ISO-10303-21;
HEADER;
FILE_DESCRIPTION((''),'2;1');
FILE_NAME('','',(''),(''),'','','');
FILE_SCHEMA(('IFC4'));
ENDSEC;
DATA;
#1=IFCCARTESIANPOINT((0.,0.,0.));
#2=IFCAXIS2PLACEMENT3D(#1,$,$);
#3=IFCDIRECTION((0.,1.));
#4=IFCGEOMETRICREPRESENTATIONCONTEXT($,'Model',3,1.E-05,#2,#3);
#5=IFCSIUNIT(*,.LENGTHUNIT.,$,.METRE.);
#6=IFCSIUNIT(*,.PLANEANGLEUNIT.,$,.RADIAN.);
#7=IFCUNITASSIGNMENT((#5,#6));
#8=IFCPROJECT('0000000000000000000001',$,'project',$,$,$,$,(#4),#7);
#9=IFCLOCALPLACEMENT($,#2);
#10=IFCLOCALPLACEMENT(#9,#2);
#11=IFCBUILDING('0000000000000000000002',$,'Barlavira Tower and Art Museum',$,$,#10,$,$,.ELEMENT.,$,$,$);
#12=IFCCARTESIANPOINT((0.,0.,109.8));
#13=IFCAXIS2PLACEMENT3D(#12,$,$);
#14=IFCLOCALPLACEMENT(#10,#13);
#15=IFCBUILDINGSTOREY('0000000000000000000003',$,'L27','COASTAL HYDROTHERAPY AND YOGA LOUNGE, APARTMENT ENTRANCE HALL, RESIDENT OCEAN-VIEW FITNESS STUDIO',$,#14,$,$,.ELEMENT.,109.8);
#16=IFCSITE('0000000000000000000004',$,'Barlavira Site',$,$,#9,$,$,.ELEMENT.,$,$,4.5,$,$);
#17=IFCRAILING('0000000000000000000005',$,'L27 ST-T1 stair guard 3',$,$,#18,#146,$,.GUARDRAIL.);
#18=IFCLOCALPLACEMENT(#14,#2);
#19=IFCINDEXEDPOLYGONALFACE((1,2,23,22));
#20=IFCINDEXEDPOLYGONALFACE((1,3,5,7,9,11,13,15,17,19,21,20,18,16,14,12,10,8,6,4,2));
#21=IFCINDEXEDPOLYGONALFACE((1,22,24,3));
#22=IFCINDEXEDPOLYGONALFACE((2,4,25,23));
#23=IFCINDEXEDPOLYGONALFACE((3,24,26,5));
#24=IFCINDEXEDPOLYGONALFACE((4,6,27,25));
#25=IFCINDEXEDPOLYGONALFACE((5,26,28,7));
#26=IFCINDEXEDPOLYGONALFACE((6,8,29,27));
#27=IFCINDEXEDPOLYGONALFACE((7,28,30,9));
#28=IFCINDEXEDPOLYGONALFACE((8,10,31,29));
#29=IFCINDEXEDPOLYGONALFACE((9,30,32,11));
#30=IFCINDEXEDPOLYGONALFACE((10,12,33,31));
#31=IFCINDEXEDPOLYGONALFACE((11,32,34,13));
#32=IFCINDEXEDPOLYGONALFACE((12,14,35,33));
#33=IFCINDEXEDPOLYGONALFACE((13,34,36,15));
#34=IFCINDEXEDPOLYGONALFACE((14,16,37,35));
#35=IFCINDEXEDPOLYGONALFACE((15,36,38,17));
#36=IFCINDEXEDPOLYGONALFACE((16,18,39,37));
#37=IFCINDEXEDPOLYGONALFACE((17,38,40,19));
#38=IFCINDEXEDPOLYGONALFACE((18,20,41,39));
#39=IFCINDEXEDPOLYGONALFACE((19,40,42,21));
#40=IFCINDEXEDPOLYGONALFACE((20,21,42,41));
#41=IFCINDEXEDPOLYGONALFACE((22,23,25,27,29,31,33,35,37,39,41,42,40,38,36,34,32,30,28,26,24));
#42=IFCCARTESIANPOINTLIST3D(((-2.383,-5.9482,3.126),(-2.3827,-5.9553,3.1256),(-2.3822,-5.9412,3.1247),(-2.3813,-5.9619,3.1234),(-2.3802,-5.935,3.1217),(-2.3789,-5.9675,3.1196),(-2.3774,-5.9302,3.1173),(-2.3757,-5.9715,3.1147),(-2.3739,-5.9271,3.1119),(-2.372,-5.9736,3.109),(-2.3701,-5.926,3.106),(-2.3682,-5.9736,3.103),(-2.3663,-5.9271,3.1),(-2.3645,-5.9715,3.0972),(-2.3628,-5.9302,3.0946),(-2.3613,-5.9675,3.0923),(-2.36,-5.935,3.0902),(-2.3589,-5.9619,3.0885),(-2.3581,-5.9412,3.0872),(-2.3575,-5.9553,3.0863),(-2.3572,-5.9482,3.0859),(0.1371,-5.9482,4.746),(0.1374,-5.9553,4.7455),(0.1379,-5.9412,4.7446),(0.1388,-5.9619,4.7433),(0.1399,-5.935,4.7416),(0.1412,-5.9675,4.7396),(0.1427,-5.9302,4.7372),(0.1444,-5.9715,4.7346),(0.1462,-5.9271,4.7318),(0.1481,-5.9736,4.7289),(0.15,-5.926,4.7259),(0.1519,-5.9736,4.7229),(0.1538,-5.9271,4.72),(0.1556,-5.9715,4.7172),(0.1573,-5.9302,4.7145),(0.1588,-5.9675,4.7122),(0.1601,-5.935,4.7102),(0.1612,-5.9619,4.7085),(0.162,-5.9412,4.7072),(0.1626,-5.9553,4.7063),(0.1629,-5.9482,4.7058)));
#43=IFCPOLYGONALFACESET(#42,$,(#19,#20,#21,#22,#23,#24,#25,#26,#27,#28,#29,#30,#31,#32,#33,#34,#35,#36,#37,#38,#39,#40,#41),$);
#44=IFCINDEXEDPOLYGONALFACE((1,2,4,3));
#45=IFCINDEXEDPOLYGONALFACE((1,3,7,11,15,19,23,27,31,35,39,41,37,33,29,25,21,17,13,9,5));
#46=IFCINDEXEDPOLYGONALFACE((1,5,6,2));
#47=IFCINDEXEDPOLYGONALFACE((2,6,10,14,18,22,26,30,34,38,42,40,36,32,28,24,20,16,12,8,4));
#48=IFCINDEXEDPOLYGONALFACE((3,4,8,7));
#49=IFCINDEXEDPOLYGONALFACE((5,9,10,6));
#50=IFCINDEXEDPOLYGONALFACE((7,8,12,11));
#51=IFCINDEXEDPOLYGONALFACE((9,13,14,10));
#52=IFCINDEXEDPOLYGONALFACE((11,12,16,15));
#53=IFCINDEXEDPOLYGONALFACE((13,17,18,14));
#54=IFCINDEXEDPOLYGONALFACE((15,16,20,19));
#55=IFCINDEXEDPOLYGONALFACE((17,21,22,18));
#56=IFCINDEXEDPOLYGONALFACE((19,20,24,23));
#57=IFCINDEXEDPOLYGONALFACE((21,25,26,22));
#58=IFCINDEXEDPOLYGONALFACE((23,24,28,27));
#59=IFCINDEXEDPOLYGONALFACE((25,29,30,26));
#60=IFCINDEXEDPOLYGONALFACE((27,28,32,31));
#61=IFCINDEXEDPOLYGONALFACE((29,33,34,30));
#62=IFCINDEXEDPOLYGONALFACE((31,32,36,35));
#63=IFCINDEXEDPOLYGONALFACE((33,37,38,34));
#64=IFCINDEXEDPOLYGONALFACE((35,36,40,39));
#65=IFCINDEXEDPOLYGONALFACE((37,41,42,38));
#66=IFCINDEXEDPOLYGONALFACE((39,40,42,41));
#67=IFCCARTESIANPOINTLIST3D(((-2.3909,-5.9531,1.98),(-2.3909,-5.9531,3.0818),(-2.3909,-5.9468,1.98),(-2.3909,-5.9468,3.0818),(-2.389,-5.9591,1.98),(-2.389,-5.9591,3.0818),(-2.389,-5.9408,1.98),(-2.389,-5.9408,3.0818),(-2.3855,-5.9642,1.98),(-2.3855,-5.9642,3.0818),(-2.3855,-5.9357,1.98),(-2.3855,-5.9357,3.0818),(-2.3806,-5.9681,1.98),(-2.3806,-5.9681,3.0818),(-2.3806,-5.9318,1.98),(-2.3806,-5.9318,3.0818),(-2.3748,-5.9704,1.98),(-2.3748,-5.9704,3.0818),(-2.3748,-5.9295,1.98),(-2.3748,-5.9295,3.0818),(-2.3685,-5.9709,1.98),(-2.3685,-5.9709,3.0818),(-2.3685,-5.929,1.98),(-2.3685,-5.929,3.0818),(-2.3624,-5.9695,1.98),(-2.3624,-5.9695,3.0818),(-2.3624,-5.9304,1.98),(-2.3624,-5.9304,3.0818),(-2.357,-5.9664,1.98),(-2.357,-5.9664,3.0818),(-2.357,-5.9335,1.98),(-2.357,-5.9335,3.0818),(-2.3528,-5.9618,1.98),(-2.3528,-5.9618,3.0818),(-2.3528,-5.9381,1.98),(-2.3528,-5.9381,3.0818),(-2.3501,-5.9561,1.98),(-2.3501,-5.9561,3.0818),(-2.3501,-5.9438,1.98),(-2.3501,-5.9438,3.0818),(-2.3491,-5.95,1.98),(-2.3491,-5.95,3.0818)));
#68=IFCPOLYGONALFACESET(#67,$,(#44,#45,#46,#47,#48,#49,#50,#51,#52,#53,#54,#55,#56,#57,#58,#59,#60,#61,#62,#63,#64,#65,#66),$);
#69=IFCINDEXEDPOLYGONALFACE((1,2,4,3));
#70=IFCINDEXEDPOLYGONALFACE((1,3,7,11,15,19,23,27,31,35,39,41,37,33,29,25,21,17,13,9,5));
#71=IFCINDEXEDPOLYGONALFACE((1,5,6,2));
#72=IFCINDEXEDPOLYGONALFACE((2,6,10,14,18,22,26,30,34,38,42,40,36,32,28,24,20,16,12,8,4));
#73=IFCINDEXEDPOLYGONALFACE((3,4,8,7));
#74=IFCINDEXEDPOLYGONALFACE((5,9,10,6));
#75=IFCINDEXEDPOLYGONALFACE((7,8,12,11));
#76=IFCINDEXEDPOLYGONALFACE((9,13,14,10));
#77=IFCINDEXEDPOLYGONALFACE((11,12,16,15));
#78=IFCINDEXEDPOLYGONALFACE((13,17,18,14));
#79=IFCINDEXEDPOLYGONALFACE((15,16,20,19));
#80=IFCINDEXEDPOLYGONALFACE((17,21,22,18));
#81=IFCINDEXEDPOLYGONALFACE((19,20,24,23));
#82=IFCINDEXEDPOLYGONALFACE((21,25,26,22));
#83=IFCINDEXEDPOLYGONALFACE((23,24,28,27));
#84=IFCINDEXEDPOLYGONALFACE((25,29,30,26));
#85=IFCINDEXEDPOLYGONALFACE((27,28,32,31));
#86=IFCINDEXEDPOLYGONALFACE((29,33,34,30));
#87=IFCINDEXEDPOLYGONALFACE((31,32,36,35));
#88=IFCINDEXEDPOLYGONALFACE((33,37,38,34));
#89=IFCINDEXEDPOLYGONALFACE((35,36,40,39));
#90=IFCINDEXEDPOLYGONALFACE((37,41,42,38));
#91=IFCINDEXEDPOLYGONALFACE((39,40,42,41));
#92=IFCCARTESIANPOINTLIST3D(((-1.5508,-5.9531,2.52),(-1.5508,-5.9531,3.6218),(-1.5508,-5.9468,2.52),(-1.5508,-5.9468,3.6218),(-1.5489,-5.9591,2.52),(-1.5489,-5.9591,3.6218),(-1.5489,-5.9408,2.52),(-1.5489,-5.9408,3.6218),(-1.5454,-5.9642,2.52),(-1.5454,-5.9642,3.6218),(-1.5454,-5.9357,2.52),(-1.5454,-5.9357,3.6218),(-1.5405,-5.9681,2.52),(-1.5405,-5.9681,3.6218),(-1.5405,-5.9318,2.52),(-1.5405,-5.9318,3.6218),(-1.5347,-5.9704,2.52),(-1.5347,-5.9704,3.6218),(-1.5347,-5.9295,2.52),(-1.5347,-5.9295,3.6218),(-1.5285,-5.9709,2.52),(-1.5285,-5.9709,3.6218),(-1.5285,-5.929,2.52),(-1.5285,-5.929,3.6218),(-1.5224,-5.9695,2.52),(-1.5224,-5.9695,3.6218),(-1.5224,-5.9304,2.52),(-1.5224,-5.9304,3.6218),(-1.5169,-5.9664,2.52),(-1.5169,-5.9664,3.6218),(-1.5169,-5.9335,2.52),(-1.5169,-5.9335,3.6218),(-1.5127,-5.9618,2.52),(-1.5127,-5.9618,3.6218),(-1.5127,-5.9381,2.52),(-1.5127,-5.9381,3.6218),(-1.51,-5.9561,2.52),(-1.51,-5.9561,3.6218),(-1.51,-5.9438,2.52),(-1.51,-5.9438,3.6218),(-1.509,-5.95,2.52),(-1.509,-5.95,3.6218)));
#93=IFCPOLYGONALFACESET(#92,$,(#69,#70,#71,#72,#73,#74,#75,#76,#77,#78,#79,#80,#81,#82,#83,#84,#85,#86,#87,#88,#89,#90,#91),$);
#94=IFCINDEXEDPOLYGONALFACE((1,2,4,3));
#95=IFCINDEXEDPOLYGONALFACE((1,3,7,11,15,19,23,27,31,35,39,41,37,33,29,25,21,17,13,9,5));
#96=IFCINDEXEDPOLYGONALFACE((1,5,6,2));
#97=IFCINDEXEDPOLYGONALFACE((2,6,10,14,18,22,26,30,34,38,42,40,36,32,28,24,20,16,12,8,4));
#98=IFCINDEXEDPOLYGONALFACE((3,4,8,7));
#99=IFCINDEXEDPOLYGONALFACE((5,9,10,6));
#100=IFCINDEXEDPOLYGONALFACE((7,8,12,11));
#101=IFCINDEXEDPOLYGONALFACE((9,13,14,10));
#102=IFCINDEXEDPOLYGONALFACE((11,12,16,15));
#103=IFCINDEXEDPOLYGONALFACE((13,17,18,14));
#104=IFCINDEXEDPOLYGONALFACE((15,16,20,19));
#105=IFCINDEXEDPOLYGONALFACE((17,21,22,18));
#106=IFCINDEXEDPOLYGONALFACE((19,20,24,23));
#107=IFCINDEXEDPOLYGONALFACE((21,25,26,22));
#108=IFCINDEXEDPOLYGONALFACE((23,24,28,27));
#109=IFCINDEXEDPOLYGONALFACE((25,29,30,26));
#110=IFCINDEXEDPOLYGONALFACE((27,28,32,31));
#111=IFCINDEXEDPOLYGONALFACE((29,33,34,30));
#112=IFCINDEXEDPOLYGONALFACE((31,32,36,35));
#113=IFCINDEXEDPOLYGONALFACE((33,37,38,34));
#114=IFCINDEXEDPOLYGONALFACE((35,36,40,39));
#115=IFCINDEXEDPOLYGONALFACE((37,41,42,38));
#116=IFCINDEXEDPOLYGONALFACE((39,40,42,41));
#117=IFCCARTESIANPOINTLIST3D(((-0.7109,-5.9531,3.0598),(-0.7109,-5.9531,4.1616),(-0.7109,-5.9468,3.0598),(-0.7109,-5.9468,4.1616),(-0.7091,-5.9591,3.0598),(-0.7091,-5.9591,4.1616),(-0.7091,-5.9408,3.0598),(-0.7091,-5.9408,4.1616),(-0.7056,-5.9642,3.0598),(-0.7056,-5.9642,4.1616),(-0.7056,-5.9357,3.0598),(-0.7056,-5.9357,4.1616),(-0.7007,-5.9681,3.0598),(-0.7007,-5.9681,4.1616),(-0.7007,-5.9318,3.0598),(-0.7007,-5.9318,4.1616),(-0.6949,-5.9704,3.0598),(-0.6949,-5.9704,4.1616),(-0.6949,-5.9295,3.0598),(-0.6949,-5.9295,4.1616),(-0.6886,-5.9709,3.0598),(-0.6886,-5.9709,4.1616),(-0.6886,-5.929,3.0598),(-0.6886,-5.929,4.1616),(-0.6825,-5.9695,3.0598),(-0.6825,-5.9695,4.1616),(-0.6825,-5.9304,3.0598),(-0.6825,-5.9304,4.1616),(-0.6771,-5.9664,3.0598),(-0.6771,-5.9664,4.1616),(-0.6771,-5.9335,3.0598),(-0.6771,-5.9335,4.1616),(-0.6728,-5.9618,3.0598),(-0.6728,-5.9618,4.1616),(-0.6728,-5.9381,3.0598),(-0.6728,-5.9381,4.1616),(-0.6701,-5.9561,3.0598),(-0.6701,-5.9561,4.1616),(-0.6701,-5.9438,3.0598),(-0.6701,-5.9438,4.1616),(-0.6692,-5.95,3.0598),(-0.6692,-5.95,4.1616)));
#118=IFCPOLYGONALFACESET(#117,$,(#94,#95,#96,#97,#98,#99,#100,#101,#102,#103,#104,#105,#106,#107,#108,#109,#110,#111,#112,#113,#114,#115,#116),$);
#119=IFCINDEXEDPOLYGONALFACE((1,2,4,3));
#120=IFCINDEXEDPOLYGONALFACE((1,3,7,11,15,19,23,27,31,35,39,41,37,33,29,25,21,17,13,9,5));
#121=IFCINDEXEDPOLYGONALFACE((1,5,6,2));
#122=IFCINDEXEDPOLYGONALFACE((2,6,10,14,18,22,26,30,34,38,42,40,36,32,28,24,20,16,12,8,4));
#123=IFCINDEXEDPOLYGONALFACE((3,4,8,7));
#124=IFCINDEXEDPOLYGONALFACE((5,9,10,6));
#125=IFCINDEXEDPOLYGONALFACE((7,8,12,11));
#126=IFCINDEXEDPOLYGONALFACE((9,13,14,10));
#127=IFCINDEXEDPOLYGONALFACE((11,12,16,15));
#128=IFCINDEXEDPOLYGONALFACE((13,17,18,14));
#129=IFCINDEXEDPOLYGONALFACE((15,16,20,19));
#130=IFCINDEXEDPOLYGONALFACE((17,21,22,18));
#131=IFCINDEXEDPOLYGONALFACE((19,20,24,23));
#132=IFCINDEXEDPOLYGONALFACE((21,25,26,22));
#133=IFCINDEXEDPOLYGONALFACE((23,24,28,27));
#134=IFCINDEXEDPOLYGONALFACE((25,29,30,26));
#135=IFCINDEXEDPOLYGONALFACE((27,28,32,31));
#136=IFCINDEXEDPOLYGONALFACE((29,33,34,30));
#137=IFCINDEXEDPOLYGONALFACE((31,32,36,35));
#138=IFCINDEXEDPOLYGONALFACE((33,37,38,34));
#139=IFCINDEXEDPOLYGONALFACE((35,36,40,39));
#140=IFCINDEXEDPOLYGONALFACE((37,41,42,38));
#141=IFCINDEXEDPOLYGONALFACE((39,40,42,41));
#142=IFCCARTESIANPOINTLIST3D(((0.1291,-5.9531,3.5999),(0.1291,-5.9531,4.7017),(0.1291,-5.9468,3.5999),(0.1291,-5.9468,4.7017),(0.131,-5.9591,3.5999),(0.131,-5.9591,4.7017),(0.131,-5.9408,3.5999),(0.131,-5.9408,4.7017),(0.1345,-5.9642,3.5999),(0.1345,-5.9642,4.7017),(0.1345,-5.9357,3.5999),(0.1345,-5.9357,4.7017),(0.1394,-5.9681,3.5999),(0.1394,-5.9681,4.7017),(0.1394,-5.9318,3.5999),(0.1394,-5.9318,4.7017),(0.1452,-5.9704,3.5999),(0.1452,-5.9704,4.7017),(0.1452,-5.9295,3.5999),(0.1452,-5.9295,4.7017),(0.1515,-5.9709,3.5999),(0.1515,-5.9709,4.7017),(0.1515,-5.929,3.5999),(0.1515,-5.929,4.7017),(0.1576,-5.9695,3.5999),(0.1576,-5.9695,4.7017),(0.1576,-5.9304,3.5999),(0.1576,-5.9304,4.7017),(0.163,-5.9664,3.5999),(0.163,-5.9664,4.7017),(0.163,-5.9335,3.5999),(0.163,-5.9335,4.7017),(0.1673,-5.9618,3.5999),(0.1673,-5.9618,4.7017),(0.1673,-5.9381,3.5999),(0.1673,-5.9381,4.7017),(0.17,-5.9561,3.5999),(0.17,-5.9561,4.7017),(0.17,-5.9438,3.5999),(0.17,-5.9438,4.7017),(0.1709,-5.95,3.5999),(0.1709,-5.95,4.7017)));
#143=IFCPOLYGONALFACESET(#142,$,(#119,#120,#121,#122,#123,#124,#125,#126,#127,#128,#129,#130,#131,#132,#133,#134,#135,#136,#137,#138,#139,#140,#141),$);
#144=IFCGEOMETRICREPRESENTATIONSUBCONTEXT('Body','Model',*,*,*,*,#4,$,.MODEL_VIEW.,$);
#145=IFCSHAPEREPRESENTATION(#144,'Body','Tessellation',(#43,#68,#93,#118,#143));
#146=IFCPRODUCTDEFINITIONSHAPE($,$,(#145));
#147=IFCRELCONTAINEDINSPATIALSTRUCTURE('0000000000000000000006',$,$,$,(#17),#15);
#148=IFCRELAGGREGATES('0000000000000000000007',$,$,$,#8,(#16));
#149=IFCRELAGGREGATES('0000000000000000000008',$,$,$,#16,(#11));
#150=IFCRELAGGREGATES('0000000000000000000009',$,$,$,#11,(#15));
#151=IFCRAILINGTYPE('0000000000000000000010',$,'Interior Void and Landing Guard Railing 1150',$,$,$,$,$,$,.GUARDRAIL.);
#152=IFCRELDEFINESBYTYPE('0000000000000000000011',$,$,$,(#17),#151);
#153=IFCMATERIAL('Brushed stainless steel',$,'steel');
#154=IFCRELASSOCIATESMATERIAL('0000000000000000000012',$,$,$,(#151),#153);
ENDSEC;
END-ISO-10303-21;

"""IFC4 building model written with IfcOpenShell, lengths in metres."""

from ifc_helpers import new_model, si_unit, direction, frame, origin, origin_2d, place, context, subcontext, project, spatial, circle, extrude, material, type_object, element, save


model = new_model("IFC4")

# Units and contexts
model_context = context("Model", 3, precision=1e-05, world=origin(), true_north=direction((0.0, 1.0)))
body_context = subcontext(model_context, "Body", "Model", "MODEL_VIEW")
ifc_project = project(units=[si_unit("LENGTHUNIT", "METRE"), si_unit("PLANEANGLEUNIT", "RADIAN")], contexts=[model_context])

# Site, building, storey
site_placement = place(None, origin())
site = spatial("IfcSite", under=ifc_project, at=site_placement, Name="Barlavira Site", CompositionType="ELEMENT", RefElevation=4.5)
building_placement = place(site_placement, origin())
building = spatial("IfcBuilding", under=site, at=building_placement, Name="Barlavira Tower and Art Museum", CompositionType="ELEMENT")
storey_placement = place(building_placement, frame((0.0, 0.0, 109.8)))
storey = spatial("IfcBuildingStorey", under=building, at=storey_placement, Name="L27", Description="COASTAL HYDROTHERAPY AND YOGA LOUNGE, APARTMENT ENTRANCE HALL, RESIDENT OCEAN-VIEW FITNESS STUDIO", CompositionType="ELEMENT", Elevation=109.8)

# Shared definitions
ifc_material_1 = material(Name="Brushed stainless steel", Category="steel")

# Railing
railing_type_1 = type_object("IfcRailingType", Name="Interior Void and Landing Guard Railing 1150", PredefinedType="GUARDRAIL", material=ifc_material_1)
railing_1_placement = place(storey_placement, frame((-2.3701, -5.95, 1.98)))
element("IfcRailing", 1, at=railing_1_placement, inside=storey, type_object=railing_type_1, Name="L27 ST-T1 stair guard 3", PredefinedType="GUARDRAIL", context=body_context, shape_type="SweptSolid", body=[
    extrude(circle(Radius=0.0239, at=origin_2d()), frame((0.0, 0.0, 1.126), z_axis=(0.8412, 0.0, 0.540725), x_axis=(0.0, 1.0, 0.0)), (0.0, 0.0, 1.0), 2.9958),
    extrude(circle(Radius=0.021, at=origin_2d()), origin(), (0.0, 0.0, 1.0), 1.1018),
    extrude(circle(Radius=0.021, at=origin_2d()), frame((0.8401, 0.0, 0.54)), (0.0, 0.0, 1.0), 1.1018),
    extrude(circle(Radius=0.021, at=origin_2d()), frame((1.6799, 0.0, 1.0798)), (0.0, 0.0, 1.0), 1.1018),
    extrude(circle(Radius=0.021, at=origin_2d()), frame((2.52, 0.0, 1.6199)), (0.0, 0.0, 1.0), 1.1018),
])

save(model, "model.ifc")
